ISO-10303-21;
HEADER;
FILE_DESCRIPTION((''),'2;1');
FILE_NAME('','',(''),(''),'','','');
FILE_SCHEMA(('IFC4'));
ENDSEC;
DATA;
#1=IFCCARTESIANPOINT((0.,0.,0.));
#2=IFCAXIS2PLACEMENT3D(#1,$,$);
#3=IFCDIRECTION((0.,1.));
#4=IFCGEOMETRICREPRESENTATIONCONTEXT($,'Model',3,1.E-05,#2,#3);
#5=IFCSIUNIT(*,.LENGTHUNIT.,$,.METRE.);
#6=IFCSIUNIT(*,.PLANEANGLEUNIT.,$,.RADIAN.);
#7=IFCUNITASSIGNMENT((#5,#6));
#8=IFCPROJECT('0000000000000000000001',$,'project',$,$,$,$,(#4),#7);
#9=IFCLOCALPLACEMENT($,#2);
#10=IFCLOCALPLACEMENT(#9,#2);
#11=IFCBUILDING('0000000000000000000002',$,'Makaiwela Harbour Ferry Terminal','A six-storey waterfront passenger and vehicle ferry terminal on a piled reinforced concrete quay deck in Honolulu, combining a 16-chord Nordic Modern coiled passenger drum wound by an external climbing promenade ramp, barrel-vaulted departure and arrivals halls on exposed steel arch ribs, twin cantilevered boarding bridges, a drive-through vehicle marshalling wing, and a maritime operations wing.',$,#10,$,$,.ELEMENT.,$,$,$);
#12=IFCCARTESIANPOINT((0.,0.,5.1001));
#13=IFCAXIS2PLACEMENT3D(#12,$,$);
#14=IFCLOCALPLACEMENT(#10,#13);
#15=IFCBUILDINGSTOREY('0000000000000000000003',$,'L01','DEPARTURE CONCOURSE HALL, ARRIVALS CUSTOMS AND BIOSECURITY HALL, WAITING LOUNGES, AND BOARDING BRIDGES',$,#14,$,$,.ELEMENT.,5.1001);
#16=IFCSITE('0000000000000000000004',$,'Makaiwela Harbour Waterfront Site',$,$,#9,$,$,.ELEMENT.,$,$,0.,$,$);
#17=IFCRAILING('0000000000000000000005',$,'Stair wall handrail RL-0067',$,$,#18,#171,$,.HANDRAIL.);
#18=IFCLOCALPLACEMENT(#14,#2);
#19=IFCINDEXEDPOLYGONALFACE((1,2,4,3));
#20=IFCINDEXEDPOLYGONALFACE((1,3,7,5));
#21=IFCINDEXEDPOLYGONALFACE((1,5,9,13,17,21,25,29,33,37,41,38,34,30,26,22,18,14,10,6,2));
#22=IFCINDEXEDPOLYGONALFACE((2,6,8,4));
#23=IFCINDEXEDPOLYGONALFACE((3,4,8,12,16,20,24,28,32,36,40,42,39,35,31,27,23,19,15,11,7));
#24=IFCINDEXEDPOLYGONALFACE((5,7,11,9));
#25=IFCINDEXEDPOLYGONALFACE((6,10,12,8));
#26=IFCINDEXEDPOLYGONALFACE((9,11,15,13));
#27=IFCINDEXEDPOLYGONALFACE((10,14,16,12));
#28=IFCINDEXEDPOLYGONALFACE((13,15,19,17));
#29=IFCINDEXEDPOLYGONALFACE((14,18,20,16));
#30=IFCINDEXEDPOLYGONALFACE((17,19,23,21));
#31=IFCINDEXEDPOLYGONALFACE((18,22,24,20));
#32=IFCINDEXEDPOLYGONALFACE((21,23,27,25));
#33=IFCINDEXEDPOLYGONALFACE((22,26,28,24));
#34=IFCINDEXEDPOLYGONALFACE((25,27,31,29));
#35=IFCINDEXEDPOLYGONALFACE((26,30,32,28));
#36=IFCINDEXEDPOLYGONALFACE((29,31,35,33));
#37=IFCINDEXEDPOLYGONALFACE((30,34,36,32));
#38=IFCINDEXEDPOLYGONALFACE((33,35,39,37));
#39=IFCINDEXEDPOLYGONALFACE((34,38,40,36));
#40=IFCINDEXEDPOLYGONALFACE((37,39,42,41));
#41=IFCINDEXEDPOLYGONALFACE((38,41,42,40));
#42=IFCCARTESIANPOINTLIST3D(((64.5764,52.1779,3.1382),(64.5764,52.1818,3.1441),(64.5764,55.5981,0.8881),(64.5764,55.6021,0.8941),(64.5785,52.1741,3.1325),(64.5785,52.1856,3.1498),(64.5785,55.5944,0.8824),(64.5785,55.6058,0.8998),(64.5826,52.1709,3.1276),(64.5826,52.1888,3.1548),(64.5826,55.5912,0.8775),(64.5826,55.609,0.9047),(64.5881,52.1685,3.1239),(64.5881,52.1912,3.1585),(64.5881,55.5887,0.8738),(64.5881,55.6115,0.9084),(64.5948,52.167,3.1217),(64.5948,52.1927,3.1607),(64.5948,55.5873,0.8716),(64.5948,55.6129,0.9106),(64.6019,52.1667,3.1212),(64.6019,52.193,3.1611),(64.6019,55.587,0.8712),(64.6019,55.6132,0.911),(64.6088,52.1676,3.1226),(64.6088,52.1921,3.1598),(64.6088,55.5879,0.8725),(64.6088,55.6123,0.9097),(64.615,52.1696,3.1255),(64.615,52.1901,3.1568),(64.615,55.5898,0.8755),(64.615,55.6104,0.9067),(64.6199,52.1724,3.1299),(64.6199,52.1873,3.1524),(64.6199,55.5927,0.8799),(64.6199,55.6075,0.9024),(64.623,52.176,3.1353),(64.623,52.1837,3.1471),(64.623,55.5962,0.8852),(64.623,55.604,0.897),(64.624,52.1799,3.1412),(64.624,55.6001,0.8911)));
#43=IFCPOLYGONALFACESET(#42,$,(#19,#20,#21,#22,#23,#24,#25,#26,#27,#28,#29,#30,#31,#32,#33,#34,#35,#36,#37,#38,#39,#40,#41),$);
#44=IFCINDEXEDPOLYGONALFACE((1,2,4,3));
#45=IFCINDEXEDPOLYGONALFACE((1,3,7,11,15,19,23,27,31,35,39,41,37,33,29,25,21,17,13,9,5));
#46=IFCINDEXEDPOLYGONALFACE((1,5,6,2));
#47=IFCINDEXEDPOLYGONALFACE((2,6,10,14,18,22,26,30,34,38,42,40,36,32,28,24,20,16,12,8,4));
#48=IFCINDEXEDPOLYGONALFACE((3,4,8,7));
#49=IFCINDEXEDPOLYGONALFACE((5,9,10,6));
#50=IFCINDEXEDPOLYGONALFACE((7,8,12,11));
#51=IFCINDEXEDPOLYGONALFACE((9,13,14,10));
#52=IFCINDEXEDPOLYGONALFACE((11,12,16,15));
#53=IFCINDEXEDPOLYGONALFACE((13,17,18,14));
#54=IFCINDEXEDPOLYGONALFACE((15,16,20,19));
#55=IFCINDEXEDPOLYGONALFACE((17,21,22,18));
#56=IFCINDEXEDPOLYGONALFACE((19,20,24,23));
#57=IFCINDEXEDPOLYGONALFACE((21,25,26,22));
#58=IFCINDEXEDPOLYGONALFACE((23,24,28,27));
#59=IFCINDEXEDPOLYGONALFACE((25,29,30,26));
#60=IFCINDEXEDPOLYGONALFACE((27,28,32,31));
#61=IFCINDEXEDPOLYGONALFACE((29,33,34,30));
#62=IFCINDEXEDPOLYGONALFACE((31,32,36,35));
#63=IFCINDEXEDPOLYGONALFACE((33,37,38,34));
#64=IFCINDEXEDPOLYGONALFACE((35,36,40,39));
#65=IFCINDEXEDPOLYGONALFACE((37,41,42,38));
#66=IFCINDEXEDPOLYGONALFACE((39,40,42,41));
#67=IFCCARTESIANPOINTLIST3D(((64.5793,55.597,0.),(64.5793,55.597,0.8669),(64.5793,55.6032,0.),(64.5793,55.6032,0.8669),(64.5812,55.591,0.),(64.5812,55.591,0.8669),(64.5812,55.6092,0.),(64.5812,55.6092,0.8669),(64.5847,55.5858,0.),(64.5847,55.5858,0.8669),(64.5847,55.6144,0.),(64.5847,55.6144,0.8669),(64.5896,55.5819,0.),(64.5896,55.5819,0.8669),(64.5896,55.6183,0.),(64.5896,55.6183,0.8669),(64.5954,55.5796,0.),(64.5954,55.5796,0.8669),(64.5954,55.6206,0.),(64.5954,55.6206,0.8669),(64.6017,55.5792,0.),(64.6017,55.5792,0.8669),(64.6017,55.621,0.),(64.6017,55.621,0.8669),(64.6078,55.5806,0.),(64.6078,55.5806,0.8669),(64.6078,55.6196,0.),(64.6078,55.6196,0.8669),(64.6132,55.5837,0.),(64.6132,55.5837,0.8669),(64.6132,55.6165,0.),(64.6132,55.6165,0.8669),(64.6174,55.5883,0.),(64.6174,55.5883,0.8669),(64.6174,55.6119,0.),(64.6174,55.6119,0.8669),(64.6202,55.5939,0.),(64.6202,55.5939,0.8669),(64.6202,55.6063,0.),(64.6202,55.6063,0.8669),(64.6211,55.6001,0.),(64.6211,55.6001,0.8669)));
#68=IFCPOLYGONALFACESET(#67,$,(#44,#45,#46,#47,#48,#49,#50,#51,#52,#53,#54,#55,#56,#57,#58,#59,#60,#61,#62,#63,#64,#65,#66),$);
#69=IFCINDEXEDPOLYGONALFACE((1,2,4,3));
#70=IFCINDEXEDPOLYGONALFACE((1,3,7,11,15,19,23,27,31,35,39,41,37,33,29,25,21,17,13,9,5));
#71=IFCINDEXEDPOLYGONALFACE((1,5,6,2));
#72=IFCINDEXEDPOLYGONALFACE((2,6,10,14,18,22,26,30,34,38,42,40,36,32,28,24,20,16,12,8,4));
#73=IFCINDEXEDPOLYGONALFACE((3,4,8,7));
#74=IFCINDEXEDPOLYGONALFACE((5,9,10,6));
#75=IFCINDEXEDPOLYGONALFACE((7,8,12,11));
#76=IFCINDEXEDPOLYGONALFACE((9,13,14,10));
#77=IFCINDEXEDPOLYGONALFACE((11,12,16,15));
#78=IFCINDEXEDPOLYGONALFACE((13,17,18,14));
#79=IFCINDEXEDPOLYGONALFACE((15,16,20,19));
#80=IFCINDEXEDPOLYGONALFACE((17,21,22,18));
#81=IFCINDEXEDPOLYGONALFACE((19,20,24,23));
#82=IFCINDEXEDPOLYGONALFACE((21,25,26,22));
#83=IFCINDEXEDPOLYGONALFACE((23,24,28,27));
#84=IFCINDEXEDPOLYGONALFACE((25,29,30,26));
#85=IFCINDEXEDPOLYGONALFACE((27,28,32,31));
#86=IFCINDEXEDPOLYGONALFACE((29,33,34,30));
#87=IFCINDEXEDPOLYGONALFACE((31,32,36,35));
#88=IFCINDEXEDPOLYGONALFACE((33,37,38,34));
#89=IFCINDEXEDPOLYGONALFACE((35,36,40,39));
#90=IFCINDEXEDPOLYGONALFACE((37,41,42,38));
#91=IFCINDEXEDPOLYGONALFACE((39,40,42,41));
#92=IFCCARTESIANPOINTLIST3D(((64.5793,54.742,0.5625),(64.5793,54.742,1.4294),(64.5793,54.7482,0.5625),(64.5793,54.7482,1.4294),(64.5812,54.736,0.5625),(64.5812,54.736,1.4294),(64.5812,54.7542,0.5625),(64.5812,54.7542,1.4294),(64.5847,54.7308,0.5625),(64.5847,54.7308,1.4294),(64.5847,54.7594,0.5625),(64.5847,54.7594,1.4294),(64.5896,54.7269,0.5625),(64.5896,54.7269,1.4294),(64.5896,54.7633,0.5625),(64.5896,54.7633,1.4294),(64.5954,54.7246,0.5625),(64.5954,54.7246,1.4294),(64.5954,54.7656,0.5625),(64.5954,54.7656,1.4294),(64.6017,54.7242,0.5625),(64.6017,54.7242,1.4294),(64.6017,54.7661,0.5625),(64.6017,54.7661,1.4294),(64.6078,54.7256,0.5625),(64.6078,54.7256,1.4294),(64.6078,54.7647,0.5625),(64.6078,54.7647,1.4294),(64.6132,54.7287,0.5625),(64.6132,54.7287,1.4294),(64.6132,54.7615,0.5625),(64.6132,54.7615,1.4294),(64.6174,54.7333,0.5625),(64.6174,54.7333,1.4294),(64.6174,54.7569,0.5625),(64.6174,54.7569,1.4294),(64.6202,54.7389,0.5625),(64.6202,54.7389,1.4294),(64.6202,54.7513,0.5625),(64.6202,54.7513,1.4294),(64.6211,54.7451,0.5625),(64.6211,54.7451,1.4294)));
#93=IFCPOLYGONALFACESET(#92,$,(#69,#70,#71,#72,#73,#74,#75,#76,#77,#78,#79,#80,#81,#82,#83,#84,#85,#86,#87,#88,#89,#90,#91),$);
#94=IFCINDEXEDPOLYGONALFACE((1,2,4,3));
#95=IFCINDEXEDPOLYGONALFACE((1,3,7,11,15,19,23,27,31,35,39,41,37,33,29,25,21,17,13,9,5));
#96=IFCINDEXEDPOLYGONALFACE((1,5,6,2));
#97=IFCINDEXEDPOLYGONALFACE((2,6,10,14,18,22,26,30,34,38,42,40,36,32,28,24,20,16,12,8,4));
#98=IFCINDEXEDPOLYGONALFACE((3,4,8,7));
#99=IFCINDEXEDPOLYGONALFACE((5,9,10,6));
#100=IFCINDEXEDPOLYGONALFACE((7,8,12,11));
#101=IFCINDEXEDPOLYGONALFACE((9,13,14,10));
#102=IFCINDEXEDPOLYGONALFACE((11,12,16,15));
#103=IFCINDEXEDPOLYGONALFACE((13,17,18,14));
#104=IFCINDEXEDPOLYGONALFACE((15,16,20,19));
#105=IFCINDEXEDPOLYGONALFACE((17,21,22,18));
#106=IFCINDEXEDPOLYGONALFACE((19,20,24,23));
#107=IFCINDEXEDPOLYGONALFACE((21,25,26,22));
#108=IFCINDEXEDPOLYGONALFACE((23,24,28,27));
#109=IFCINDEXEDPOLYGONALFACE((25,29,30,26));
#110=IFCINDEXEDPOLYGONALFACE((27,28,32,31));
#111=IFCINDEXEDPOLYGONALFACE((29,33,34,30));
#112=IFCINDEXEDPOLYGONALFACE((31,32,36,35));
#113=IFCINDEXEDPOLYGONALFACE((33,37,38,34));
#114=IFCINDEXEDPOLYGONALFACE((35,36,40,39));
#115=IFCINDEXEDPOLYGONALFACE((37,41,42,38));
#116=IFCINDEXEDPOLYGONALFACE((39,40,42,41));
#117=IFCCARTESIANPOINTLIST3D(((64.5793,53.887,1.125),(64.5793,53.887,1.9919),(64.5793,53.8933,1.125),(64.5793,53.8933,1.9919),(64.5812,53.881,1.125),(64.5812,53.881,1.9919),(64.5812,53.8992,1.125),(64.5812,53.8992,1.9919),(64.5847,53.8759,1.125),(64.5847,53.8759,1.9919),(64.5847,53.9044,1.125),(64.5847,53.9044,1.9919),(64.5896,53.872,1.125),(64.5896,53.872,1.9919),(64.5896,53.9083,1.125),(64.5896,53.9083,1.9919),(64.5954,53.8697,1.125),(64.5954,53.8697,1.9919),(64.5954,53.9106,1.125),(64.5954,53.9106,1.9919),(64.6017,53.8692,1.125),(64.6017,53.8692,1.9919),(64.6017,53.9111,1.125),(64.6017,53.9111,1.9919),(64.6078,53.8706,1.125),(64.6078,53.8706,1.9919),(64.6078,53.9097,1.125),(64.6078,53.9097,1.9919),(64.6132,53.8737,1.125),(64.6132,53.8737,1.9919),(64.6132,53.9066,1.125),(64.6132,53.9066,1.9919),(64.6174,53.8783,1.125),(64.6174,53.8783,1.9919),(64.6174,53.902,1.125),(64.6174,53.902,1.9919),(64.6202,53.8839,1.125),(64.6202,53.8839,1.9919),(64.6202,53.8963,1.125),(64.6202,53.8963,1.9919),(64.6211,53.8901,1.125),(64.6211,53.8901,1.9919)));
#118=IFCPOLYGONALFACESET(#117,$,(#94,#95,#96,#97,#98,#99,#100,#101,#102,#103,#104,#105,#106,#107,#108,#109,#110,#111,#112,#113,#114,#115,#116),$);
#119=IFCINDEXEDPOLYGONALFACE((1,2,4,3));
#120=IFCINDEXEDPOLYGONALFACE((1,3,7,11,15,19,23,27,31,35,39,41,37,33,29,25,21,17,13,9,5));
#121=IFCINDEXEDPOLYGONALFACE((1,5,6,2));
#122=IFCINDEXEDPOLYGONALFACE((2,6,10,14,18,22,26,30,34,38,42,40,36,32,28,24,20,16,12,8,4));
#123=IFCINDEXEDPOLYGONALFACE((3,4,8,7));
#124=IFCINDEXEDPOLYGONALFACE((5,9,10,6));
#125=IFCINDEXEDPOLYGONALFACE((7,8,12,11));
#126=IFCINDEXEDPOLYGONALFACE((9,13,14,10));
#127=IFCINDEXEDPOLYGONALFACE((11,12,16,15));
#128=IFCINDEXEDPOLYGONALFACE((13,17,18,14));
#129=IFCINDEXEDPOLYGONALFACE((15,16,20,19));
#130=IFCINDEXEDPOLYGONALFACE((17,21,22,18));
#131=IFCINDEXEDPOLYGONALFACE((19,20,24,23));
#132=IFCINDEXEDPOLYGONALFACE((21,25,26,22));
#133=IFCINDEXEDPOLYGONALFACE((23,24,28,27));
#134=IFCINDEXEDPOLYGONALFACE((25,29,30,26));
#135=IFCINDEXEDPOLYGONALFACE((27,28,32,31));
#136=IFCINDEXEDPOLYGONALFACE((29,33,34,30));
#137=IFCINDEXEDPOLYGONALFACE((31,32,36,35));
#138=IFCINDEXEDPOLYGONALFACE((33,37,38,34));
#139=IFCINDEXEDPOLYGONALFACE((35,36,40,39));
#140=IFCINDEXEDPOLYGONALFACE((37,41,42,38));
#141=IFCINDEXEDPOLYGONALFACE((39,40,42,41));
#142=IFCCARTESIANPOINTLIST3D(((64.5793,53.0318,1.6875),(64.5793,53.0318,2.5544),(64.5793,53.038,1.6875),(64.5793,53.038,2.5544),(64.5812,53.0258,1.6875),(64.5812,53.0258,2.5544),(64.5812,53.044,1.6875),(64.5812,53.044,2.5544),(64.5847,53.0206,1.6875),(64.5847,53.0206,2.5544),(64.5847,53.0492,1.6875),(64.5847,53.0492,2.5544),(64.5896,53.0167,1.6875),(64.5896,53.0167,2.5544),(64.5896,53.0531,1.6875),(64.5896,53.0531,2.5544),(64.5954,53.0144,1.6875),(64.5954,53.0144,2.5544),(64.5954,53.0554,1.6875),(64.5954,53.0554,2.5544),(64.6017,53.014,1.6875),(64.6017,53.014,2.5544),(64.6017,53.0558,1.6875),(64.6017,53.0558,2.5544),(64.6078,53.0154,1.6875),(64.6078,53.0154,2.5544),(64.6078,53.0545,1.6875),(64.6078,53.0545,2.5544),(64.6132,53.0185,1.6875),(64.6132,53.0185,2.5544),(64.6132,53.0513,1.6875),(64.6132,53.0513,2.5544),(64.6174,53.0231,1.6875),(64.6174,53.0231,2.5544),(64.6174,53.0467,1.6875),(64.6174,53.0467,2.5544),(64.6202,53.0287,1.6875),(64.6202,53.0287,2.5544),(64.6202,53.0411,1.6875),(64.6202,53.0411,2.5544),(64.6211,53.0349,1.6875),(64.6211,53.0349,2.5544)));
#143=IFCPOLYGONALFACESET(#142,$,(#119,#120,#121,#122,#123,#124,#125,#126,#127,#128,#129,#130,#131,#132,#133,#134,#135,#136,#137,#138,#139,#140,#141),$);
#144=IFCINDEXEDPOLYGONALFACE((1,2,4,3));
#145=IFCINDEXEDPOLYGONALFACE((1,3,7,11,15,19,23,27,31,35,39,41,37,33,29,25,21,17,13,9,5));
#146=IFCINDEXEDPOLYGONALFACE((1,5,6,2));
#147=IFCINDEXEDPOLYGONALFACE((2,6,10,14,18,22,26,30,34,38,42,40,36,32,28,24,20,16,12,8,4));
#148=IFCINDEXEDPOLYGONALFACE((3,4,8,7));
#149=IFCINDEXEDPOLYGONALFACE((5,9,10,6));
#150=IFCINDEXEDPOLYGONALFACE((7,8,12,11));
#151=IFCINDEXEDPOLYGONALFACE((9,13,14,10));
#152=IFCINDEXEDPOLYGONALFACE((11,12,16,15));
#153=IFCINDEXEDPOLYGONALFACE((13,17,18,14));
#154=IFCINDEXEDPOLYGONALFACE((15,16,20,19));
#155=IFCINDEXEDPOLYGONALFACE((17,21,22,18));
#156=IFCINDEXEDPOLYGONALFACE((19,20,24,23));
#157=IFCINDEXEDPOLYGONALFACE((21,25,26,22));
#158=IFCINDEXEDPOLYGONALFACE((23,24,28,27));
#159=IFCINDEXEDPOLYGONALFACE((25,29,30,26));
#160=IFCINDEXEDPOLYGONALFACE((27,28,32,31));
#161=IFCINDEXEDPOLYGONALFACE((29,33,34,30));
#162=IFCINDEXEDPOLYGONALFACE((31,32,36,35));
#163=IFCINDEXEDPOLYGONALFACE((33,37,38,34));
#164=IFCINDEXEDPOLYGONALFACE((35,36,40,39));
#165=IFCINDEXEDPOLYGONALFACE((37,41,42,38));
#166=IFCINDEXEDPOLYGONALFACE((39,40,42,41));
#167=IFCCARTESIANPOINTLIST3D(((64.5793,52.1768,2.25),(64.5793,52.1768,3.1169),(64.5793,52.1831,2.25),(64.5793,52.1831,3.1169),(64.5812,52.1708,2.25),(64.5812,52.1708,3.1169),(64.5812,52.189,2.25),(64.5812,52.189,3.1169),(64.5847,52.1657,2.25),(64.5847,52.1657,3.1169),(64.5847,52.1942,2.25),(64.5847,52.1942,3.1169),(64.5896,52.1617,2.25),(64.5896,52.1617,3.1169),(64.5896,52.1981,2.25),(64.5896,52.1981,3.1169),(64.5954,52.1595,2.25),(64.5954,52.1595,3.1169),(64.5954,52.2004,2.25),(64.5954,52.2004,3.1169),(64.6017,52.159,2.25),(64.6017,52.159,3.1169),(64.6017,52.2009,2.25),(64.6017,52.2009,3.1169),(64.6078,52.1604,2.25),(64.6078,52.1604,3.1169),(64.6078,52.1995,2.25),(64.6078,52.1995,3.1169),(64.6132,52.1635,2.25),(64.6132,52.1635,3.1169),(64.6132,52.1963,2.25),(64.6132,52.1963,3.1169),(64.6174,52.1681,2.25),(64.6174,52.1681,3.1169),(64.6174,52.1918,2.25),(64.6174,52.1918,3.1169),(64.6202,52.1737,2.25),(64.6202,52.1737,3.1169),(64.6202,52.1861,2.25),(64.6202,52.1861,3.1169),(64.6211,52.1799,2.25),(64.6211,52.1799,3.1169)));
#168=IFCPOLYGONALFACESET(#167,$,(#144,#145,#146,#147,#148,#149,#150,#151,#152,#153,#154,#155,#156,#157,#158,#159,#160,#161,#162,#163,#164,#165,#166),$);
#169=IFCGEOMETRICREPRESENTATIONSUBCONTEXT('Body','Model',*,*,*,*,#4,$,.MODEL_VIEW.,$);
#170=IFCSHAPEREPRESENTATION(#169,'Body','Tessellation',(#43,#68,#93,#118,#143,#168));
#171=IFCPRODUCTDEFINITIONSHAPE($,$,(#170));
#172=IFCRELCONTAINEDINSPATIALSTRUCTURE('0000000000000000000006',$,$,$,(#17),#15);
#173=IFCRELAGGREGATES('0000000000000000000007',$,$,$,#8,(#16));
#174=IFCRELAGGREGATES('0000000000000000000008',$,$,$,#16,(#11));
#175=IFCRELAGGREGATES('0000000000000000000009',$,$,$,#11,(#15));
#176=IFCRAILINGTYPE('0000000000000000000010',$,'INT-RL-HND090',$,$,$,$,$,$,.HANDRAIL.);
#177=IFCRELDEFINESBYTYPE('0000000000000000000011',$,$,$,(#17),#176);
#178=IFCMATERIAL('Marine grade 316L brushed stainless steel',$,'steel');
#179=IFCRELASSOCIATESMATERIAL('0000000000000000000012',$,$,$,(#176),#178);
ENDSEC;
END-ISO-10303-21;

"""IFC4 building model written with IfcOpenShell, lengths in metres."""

from ifc_helpers import new_model, si_unit, direction, frame, origin, origin_2d, place, context, subcontext, project, spatial, circle, extrude, material, type_object, element, save


model = new_model("IFC4")

# Units and contexts
model_context = context("Model", 3, precision=1e-05, world=origin(), true_north=direction((0.0, 1.0)))
body_context = subcontext(model_context, "Body", "Model", "MODEL_VIEW")
ifc_project = project(units=[si_unit("LENGTHUNIT", "METRE"), si_unit("PLANEANGLEUNIT", "RADIAN")], contexts=[model_context])

# Site, building, storey
site_placement = place(None, origin())
site = spatial("IfcSite", under=ifc_project, at=site_placement, Name="Makaiwela Harbour Waterfront Site", CompositionType="ELEMENT", RefElevation=0.0)
building_placement = place(site_placement, origin())
building = spatial("IfcBuilding", under=site, at=building_placement, Name="Makaiwela Harbour Ferry Terminal", Description="A six-storey waterfront passenger and vehicle ferry terminal on a piled reinforced concrete quay deck in Honolulu, combining a 16-chord Nordic Modern coiled passenger drum wound by an external climbing promenade ramp, barrel-vaulted departure and arrivals halls on exposed steel arch ribs, twin cantilevered boarding bridges, a drive-through vehicle marshalling wing, and a maritime operations wing.", CompositionType="ELEMENT")
storey_placement = place(building_placement, frame((0.0, 0.0, 5.1001)))
storey = spatial("IfcBuildingStorey", under=building, at=storey_placement, Name="L01", Description="DEPARTURE CONCOURSE HALL, ARRIVALS CUSTOMS AND BIOSECURITY HALL, WAITING LOUNGES, AND BOARDING BRIDGES", CompositionType="ELEMENT", Elevation=5.1001)

# Shared definitions
ifc_material_1 = material(Name="Marine grade 316L brushed stainless steel", Category="steel")

# Railing
railing_type_1 = type_object("IfcRailingType", Name="INT-RL-HND090", PredefinedType="HANDRAIL", material=ifc_material_1)
railing_1_placement = place(storey_placement, frame((64.6001, 55.6001, 0.0)))
element("IfcRailing", 1, at=railing_1_placement, inside=storey, type_object=railing_type_1, Name="Stair wall handrail RL-0067", PredefinedType="HANDRAIL", context=body_context, shape_type="SweptSolid", body=[
    extrude(circle(Radius=0.0239, at=origin_2d()), frame((0.0, 0.0, 0.8911), z_axis=(0.0, -0.835429, 0.549598), x_axis=(1.0, 0.0, 0.0)), (0.0, 0.0, 1.0), 4.094),
    extrude(circle(Radius=0.021, at=origin_2d()), origin(), (0.0, 0.0, 1.0), 0.8669),
    extrude(circle(Radius=0.021, at=origin_2d()), frame((0.0, -0.855, 0.5625)), (0.0, 0.0, 1.0), 0.8669),
    extrude(circle(Radius=0.021, at=origin_2d()), frame((0.0, -1.71, 1.125)), (0.0, 0.0, 1.0), 0.8669),
    extrude(circle(Radius=0.021, at=origin_2d()), frame((0.0, -2.5652, 1.6875)), (0.0, 0.0, 1.0), 0.8669),
    extrude(circle(Radius=0.021, at=origin_2d()), frame((0.0, -3.4202, 2.25)), (0.0, 0.0, 1.0), 0.8669),
])

save(model, "model.ifc")
